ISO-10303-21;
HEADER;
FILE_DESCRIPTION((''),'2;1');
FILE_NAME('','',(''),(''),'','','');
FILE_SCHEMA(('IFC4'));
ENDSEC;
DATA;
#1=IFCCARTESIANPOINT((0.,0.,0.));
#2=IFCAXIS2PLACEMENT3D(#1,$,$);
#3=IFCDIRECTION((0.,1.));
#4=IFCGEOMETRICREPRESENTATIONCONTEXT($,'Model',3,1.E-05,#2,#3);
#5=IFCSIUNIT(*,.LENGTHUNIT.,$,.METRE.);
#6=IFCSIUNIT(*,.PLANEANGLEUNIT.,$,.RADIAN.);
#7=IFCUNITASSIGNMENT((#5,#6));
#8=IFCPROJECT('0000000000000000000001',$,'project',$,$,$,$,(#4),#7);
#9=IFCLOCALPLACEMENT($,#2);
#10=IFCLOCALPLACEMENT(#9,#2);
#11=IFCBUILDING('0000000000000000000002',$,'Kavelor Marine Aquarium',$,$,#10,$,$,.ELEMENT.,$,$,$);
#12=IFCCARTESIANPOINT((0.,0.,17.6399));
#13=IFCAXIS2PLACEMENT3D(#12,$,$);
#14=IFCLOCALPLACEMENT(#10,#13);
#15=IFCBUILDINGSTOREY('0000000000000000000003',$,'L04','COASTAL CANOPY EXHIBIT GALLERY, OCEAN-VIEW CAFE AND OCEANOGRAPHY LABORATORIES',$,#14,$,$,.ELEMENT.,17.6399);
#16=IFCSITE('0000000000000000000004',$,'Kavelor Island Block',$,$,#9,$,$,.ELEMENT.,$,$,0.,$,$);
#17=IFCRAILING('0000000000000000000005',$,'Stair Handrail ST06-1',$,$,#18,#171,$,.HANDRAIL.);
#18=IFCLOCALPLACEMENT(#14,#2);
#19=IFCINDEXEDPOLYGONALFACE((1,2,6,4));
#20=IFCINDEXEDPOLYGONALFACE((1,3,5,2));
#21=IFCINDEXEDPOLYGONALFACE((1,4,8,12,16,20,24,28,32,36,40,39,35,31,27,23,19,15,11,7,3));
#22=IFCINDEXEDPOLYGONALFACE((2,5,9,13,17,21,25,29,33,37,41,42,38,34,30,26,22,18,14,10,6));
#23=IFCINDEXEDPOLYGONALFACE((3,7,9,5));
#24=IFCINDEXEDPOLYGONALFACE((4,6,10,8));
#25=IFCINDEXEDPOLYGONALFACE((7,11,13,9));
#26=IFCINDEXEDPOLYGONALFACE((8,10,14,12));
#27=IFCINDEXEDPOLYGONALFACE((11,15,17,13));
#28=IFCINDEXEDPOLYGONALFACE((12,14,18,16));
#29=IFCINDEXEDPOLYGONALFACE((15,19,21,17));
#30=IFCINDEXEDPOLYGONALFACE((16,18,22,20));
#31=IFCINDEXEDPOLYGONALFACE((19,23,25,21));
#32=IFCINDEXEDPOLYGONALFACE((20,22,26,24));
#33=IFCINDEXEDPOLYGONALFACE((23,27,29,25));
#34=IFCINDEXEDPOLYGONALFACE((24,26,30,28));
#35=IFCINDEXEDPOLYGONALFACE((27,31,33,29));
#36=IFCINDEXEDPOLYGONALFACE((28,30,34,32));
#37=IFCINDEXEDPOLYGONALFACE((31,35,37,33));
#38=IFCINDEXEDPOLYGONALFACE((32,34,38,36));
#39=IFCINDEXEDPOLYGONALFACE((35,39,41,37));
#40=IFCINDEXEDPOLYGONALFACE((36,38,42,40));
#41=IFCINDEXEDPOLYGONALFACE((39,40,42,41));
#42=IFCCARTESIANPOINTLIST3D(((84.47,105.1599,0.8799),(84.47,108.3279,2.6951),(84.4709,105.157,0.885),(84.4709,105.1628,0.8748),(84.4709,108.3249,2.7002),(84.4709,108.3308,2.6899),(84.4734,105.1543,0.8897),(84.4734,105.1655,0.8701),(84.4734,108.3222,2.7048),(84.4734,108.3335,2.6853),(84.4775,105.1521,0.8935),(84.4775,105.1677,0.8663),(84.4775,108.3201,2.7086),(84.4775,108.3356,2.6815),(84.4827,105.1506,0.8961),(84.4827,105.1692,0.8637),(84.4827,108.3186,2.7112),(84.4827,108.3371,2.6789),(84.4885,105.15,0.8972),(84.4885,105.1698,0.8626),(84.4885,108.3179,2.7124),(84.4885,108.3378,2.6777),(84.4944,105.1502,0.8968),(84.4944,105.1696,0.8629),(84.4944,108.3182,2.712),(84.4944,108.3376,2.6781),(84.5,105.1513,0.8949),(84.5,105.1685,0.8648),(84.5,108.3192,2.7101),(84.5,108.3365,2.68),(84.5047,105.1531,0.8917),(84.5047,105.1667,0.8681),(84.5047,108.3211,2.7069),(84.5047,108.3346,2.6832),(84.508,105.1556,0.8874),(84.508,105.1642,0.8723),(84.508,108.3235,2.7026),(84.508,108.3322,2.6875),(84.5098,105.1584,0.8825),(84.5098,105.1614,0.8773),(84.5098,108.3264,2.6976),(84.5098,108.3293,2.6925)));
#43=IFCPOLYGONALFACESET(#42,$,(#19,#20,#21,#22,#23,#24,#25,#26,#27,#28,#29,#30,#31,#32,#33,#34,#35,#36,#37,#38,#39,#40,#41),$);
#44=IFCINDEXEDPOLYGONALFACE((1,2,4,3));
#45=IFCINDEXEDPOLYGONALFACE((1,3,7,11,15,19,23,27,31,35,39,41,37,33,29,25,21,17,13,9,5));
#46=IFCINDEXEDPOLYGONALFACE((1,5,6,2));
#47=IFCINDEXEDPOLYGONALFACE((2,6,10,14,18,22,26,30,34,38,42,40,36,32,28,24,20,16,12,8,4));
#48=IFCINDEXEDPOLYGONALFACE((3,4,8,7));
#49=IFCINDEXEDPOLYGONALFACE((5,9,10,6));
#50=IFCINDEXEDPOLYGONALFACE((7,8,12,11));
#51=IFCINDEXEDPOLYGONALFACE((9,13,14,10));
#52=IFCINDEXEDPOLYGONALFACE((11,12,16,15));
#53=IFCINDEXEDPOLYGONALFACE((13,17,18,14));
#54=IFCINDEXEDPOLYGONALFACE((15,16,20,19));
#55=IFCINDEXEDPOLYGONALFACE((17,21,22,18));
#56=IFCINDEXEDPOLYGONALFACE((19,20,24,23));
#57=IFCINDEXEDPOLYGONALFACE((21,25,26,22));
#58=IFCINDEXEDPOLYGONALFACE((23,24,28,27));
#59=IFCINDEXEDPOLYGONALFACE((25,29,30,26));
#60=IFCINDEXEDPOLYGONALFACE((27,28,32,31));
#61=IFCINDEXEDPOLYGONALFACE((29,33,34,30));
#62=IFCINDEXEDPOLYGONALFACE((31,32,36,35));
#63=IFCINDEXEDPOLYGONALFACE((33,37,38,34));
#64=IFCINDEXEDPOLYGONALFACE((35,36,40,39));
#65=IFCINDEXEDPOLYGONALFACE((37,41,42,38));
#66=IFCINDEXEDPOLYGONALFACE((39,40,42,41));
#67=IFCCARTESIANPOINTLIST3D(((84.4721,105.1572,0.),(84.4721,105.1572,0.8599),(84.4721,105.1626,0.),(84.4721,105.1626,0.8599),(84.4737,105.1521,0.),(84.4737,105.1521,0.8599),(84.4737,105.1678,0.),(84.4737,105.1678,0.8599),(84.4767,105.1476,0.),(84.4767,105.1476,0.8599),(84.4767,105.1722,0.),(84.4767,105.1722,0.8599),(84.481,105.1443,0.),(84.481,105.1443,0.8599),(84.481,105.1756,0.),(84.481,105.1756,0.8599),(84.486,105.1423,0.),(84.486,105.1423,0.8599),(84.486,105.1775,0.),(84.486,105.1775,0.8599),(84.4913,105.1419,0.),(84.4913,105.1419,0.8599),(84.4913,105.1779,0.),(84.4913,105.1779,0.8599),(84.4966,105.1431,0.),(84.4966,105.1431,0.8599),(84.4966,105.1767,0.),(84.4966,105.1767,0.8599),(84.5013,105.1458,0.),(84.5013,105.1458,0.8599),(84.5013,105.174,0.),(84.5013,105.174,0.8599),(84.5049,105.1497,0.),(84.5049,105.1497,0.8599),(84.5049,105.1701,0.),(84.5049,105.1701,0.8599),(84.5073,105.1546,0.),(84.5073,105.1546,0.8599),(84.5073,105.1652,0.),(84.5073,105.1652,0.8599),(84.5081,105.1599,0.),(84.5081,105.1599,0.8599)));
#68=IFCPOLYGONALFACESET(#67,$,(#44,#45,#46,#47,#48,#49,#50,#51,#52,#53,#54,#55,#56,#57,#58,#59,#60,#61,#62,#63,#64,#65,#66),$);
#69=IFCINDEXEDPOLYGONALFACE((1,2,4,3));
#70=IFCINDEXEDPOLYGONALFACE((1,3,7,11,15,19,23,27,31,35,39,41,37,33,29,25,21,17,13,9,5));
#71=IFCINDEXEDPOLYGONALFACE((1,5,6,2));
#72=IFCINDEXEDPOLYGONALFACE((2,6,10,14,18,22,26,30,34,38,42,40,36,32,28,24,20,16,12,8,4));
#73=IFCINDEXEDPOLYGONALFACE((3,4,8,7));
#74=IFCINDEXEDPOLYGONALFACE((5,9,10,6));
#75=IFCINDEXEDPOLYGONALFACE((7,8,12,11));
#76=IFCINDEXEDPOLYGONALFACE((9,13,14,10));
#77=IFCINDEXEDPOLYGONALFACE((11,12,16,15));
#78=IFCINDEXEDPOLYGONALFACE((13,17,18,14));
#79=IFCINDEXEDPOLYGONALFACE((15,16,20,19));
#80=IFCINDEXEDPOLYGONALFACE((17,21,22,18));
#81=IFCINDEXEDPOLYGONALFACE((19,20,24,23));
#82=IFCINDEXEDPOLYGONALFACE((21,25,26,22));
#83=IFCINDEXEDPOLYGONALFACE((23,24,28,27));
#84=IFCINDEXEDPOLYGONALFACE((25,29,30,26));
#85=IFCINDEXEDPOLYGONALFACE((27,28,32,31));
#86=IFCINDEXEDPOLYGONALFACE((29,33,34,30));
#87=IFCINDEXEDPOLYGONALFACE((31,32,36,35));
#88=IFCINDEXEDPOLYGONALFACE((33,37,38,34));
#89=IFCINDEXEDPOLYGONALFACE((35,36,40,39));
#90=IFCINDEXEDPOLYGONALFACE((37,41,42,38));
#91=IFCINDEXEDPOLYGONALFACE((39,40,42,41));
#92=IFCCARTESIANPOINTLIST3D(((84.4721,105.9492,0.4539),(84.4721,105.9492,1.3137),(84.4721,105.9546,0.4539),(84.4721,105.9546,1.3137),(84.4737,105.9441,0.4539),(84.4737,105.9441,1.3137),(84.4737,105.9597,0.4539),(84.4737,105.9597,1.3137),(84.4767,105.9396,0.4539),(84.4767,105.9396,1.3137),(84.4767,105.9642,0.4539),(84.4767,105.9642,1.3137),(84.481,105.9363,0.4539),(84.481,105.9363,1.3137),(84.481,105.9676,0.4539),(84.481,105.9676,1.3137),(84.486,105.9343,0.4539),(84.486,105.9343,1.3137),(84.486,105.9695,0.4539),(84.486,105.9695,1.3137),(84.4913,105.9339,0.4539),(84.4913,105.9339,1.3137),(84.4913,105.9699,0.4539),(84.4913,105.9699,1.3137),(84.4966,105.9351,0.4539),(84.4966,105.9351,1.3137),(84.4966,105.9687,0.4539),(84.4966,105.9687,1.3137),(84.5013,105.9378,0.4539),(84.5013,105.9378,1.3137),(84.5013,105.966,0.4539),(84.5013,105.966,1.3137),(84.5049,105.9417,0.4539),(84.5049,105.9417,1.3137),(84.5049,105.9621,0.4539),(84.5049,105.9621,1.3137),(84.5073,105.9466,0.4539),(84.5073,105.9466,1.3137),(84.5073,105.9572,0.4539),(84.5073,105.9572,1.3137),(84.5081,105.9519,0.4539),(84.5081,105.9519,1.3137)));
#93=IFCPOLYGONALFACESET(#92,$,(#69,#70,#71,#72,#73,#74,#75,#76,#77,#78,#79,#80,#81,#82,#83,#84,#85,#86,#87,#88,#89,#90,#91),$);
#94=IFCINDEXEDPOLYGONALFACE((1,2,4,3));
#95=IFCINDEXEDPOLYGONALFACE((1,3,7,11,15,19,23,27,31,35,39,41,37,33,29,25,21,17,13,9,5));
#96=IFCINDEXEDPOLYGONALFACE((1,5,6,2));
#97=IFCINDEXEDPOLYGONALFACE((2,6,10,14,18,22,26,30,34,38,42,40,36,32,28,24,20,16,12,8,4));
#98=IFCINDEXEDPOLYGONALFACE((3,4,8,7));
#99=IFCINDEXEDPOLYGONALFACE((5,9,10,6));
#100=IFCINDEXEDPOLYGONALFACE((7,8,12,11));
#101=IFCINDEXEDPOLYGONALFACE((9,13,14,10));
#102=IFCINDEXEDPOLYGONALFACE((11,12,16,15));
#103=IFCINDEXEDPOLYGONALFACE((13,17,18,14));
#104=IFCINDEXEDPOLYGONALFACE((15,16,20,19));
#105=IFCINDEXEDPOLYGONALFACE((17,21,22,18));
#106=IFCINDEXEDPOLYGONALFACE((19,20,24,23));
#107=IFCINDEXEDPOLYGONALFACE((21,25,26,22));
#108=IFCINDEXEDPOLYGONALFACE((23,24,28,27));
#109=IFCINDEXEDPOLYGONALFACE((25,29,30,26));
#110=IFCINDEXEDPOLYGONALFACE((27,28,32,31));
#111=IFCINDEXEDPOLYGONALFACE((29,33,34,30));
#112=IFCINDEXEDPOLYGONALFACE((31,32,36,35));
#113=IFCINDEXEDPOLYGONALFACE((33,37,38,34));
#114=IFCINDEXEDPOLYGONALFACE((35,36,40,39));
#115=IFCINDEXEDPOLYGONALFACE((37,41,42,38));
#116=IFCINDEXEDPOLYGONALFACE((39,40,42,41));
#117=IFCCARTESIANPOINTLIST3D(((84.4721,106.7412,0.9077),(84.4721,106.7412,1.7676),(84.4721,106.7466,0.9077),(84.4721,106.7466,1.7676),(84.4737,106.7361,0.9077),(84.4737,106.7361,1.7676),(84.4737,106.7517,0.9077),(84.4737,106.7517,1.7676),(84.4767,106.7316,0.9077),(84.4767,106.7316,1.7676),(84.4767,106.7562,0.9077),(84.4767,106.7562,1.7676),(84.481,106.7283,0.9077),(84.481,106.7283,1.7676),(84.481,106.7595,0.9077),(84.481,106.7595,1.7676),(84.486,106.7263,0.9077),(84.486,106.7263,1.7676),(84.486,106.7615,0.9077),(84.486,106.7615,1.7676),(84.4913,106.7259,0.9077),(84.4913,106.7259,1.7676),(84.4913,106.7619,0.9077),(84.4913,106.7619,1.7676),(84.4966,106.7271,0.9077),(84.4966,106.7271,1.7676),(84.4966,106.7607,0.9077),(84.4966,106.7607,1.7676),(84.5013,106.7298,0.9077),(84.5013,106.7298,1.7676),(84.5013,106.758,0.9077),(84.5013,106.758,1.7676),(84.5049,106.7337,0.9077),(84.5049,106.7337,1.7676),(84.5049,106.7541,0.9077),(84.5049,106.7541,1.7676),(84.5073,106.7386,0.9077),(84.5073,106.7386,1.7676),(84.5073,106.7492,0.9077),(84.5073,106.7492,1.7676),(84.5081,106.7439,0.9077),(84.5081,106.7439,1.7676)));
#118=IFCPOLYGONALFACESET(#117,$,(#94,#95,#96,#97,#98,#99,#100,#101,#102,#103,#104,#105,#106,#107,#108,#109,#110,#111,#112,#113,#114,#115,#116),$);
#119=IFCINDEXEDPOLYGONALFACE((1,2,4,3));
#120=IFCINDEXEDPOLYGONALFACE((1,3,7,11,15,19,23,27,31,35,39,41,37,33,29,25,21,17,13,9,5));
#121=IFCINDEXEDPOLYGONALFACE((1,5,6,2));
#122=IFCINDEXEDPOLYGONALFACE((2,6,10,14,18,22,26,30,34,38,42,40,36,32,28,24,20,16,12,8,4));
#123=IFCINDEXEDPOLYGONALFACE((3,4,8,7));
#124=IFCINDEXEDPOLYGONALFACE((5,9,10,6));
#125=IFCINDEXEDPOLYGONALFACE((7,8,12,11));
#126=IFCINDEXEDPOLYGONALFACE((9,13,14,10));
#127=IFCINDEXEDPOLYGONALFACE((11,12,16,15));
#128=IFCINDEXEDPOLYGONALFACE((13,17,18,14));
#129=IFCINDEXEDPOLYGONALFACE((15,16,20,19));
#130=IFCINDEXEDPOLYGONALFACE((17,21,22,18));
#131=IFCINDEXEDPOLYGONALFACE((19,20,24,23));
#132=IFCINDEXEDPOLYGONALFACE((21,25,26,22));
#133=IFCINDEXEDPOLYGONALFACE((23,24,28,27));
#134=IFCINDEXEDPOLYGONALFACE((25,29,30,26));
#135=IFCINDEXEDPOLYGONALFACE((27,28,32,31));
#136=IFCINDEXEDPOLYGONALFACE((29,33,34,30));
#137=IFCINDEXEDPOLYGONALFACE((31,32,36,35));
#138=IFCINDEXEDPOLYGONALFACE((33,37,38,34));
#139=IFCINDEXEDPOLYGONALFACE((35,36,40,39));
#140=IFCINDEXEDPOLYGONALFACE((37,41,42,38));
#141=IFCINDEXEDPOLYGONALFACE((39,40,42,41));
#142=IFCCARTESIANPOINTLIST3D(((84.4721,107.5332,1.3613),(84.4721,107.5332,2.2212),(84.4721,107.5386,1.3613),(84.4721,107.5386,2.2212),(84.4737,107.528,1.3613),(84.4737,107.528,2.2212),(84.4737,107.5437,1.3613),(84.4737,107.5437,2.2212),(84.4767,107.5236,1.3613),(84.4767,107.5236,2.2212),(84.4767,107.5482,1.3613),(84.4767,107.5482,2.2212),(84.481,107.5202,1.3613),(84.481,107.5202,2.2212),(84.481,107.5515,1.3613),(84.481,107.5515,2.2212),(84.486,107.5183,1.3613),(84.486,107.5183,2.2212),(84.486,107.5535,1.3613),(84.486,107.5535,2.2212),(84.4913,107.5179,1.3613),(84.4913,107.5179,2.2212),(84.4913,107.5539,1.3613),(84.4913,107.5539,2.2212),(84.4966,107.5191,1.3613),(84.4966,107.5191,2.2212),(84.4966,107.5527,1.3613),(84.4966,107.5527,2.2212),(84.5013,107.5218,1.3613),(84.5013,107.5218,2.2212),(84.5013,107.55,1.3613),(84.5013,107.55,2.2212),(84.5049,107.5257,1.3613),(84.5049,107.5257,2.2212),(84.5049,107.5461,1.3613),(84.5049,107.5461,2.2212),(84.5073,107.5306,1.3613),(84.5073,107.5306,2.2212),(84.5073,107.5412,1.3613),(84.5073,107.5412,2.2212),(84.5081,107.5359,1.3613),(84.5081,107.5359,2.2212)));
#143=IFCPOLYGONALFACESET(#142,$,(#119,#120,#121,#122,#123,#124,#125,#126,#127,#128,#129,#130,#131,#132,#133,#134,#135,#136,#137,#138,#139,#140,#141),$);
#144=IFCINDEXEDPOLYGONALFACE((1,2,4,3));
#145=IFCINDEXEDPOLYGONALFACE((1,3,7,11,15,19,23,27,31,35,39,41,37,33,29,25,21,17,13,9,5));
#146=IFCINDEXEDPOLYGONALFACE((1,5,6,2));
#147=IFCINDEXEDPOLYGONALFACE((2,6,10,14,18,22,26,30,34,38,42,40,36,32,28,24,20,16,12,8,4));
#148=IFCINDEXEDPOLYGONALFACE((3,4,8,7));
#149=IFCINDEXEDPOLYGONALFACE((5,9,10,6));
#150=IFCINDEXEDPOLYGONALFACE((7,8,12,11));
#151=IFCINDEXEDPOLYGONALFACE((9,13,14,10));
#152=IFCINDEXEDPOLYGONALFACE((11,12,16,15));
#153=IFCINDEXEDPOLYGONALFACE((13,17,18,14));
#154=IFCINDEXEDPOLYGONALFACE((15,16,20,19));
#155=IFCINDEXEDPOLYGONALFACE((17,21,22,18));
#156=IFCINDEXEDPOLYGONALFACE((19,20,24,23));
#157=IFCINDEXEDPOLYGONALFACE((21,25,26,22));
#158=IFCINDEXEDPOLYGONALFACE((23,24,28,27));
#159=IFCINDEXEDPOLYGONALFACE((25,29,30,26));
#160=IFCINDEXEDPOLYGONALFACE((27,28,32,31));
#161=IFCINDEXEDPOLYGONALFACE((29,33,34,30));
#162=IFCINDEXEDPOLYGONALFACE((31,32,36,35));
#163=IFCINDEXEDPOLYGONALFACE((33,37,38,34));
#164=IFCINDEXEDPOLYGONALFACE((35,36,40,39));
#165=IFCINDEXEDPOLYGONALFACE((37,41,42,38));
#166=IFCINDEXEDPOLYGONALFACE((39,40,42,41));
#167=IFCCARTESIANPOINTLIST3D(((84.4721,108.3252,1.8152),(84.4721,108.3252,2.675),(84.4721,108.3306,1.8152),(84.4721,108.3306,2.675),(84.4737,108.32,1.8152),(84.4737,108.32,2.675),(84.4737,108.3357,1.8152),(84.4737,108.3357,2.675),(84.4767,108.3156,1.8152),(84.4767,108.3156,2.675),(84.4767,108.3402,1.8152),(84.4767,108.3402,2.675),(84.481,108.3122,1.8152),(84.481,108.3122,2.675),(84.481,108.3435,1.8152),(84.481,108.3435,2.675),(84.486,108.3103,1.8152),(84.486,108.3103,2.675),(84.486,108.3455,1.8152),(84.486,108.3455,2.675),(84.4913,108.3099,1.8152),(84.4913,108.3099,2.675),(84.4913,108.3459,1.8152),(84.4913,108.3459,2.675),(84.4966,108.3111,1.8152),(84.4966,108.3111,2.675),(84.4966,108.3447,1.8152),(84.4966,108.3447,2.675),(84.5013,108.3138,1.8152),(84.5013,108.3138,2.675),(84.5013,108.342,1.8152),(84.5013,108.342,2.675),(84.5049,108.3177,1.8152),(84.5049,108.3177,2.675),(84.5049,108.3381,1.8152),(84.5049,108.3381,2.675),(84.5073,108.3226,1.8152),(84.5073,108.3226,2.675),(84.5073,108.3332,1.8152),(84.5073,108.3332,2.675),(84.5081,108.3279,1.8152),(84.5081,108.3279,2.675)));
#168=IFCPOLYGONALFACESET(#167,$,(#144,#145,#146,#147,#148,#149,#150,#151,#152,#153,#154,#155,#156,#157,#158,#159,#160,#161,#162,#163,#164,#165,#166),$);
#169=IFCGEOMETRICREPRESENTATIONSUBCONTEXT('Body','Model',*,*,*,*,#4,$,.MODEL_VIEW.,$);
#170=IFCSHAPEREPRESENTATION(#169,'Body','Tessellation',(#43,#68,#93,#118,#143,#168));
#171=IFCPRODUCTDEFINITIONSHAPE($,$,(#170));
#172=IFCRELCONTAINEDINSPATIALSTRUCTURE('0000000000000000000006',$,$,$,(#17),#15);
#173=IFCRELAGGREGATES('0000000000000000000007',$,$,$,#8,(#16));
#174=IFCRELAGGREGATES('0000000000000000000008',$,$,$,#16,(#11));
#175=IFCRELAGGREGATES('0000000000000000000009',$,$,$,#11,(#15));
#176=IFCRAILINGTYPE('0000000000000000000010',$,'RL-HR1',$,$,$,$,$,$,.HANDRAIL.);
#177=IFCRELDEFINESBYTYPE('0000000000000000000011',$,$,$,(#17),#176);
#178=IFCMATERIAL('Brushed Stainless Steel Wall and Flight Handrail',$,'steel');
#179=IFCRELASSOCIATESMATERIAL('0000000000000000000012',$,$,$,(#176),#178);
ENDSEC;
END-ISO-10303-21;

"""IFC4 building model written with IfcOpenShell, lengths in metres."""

from ifc_helpers import new_model, si_unit, direction, frame, origin, origin_2d, place, context, subcontext, project, spatial, circle, extrude, material, type_object, element, save


model = new_model("IFC4")

# Units and contexts
model_context = context("Model", 3, precision=1e-05, world=origin(), true_north=direction((0.0, 1.0)))
body_context = subcontext(model_context, "Body", "Model", "MODEL_VIEW")
ifc_project = project(units=[si_unit("LENGTHUNIT", "METRE"), si_unit("PLANEANGLEUNIT", "RADIAN")], contexts=[model_context])

# Site, building, storey
site_placement = place(None, origin())
site = spatial("IfcSite", under=ifc_project, at=site_placement, Name="Kavelor Island Block", CompositionType="ELEMENT", RefElevation=0.0)
building_placement = place(site_placement, origin())
building = spatial("IfcBuilding", under=site, at=building_placement, Name="Kavelor Marine Aquarium", CompositionType="ELEMENT")
storey_placement = place(building_placement, frame((0.0, 0.0, 17.6399)))
storey = spatial("IfcBuildingStorey", under=building, at=storey_placement, Name="L04", Description="COASTAL CANOPY EXHIBIT GALLERY, OCEAN-VIEW CAFE AND OCEANOGRAPHY LABORATORIES", CompositionType="ELEMENT", Elevation=17.6399)

# Railing
ifc_material_1 = material(Name="Brushed Stainless Steel Wall and Flight Handrail", Category="steel")
railing_type_1 = type_object("IfcRailingType", Name="RL-HR1", PredefinedType="HANDRAIL", material=ifc_material_1)
railing_1_placement = place(storey_placement, frame((84.49, 105.1599, 0.0)))
element("IfcRailing", 1, at=railing_1_placement, inside=storey, type_object=railing_type_1, Name="Stair Handrail ST06-1", PredefinedType="HANDRAIL", context=body_context, shape_type="SweptSolid", body=[
    extrude(circle(Radius=0.02, at=origin_2d()), frame((0.0, 0.0, 0.8799), z_axis=(0.0, 0.867662, 0.497154), x_axis=(-1.0, 0.0, 0.0)), (0.0, 0.0, 1.0), 3.6511),
    extrude(circle(Radius=0.0181, at=origin_2d()), origin(), (0.0, 0.0, 1.0), 0.8599),
    extrude(circle(Radius=0.0181, at=origin_2d()), frame((0.0, 0.792, 0.4539)), (0.0, 0.0, 1.0), 0.8599),
    extrude(circle(Radius=0.0181, at=origin_2d()), frame((0.0, 1.584, 0.9077)), (0.0, 0.0, 1.0), 0.8599),
    extrude(circle(Radius=0.0181, at=origin_2d()), frame((0.0, 2.376, 1.3613)), (0.0, 0.0, 1.0), 0.8599),
    extrude(circle(Radius=0.0181, at=origin_2d()), frame((0.0, 3.168, 1.8152)), (0.0, 0.0, 1.0), 0.8599),
])

save(model, "model.ifc")
